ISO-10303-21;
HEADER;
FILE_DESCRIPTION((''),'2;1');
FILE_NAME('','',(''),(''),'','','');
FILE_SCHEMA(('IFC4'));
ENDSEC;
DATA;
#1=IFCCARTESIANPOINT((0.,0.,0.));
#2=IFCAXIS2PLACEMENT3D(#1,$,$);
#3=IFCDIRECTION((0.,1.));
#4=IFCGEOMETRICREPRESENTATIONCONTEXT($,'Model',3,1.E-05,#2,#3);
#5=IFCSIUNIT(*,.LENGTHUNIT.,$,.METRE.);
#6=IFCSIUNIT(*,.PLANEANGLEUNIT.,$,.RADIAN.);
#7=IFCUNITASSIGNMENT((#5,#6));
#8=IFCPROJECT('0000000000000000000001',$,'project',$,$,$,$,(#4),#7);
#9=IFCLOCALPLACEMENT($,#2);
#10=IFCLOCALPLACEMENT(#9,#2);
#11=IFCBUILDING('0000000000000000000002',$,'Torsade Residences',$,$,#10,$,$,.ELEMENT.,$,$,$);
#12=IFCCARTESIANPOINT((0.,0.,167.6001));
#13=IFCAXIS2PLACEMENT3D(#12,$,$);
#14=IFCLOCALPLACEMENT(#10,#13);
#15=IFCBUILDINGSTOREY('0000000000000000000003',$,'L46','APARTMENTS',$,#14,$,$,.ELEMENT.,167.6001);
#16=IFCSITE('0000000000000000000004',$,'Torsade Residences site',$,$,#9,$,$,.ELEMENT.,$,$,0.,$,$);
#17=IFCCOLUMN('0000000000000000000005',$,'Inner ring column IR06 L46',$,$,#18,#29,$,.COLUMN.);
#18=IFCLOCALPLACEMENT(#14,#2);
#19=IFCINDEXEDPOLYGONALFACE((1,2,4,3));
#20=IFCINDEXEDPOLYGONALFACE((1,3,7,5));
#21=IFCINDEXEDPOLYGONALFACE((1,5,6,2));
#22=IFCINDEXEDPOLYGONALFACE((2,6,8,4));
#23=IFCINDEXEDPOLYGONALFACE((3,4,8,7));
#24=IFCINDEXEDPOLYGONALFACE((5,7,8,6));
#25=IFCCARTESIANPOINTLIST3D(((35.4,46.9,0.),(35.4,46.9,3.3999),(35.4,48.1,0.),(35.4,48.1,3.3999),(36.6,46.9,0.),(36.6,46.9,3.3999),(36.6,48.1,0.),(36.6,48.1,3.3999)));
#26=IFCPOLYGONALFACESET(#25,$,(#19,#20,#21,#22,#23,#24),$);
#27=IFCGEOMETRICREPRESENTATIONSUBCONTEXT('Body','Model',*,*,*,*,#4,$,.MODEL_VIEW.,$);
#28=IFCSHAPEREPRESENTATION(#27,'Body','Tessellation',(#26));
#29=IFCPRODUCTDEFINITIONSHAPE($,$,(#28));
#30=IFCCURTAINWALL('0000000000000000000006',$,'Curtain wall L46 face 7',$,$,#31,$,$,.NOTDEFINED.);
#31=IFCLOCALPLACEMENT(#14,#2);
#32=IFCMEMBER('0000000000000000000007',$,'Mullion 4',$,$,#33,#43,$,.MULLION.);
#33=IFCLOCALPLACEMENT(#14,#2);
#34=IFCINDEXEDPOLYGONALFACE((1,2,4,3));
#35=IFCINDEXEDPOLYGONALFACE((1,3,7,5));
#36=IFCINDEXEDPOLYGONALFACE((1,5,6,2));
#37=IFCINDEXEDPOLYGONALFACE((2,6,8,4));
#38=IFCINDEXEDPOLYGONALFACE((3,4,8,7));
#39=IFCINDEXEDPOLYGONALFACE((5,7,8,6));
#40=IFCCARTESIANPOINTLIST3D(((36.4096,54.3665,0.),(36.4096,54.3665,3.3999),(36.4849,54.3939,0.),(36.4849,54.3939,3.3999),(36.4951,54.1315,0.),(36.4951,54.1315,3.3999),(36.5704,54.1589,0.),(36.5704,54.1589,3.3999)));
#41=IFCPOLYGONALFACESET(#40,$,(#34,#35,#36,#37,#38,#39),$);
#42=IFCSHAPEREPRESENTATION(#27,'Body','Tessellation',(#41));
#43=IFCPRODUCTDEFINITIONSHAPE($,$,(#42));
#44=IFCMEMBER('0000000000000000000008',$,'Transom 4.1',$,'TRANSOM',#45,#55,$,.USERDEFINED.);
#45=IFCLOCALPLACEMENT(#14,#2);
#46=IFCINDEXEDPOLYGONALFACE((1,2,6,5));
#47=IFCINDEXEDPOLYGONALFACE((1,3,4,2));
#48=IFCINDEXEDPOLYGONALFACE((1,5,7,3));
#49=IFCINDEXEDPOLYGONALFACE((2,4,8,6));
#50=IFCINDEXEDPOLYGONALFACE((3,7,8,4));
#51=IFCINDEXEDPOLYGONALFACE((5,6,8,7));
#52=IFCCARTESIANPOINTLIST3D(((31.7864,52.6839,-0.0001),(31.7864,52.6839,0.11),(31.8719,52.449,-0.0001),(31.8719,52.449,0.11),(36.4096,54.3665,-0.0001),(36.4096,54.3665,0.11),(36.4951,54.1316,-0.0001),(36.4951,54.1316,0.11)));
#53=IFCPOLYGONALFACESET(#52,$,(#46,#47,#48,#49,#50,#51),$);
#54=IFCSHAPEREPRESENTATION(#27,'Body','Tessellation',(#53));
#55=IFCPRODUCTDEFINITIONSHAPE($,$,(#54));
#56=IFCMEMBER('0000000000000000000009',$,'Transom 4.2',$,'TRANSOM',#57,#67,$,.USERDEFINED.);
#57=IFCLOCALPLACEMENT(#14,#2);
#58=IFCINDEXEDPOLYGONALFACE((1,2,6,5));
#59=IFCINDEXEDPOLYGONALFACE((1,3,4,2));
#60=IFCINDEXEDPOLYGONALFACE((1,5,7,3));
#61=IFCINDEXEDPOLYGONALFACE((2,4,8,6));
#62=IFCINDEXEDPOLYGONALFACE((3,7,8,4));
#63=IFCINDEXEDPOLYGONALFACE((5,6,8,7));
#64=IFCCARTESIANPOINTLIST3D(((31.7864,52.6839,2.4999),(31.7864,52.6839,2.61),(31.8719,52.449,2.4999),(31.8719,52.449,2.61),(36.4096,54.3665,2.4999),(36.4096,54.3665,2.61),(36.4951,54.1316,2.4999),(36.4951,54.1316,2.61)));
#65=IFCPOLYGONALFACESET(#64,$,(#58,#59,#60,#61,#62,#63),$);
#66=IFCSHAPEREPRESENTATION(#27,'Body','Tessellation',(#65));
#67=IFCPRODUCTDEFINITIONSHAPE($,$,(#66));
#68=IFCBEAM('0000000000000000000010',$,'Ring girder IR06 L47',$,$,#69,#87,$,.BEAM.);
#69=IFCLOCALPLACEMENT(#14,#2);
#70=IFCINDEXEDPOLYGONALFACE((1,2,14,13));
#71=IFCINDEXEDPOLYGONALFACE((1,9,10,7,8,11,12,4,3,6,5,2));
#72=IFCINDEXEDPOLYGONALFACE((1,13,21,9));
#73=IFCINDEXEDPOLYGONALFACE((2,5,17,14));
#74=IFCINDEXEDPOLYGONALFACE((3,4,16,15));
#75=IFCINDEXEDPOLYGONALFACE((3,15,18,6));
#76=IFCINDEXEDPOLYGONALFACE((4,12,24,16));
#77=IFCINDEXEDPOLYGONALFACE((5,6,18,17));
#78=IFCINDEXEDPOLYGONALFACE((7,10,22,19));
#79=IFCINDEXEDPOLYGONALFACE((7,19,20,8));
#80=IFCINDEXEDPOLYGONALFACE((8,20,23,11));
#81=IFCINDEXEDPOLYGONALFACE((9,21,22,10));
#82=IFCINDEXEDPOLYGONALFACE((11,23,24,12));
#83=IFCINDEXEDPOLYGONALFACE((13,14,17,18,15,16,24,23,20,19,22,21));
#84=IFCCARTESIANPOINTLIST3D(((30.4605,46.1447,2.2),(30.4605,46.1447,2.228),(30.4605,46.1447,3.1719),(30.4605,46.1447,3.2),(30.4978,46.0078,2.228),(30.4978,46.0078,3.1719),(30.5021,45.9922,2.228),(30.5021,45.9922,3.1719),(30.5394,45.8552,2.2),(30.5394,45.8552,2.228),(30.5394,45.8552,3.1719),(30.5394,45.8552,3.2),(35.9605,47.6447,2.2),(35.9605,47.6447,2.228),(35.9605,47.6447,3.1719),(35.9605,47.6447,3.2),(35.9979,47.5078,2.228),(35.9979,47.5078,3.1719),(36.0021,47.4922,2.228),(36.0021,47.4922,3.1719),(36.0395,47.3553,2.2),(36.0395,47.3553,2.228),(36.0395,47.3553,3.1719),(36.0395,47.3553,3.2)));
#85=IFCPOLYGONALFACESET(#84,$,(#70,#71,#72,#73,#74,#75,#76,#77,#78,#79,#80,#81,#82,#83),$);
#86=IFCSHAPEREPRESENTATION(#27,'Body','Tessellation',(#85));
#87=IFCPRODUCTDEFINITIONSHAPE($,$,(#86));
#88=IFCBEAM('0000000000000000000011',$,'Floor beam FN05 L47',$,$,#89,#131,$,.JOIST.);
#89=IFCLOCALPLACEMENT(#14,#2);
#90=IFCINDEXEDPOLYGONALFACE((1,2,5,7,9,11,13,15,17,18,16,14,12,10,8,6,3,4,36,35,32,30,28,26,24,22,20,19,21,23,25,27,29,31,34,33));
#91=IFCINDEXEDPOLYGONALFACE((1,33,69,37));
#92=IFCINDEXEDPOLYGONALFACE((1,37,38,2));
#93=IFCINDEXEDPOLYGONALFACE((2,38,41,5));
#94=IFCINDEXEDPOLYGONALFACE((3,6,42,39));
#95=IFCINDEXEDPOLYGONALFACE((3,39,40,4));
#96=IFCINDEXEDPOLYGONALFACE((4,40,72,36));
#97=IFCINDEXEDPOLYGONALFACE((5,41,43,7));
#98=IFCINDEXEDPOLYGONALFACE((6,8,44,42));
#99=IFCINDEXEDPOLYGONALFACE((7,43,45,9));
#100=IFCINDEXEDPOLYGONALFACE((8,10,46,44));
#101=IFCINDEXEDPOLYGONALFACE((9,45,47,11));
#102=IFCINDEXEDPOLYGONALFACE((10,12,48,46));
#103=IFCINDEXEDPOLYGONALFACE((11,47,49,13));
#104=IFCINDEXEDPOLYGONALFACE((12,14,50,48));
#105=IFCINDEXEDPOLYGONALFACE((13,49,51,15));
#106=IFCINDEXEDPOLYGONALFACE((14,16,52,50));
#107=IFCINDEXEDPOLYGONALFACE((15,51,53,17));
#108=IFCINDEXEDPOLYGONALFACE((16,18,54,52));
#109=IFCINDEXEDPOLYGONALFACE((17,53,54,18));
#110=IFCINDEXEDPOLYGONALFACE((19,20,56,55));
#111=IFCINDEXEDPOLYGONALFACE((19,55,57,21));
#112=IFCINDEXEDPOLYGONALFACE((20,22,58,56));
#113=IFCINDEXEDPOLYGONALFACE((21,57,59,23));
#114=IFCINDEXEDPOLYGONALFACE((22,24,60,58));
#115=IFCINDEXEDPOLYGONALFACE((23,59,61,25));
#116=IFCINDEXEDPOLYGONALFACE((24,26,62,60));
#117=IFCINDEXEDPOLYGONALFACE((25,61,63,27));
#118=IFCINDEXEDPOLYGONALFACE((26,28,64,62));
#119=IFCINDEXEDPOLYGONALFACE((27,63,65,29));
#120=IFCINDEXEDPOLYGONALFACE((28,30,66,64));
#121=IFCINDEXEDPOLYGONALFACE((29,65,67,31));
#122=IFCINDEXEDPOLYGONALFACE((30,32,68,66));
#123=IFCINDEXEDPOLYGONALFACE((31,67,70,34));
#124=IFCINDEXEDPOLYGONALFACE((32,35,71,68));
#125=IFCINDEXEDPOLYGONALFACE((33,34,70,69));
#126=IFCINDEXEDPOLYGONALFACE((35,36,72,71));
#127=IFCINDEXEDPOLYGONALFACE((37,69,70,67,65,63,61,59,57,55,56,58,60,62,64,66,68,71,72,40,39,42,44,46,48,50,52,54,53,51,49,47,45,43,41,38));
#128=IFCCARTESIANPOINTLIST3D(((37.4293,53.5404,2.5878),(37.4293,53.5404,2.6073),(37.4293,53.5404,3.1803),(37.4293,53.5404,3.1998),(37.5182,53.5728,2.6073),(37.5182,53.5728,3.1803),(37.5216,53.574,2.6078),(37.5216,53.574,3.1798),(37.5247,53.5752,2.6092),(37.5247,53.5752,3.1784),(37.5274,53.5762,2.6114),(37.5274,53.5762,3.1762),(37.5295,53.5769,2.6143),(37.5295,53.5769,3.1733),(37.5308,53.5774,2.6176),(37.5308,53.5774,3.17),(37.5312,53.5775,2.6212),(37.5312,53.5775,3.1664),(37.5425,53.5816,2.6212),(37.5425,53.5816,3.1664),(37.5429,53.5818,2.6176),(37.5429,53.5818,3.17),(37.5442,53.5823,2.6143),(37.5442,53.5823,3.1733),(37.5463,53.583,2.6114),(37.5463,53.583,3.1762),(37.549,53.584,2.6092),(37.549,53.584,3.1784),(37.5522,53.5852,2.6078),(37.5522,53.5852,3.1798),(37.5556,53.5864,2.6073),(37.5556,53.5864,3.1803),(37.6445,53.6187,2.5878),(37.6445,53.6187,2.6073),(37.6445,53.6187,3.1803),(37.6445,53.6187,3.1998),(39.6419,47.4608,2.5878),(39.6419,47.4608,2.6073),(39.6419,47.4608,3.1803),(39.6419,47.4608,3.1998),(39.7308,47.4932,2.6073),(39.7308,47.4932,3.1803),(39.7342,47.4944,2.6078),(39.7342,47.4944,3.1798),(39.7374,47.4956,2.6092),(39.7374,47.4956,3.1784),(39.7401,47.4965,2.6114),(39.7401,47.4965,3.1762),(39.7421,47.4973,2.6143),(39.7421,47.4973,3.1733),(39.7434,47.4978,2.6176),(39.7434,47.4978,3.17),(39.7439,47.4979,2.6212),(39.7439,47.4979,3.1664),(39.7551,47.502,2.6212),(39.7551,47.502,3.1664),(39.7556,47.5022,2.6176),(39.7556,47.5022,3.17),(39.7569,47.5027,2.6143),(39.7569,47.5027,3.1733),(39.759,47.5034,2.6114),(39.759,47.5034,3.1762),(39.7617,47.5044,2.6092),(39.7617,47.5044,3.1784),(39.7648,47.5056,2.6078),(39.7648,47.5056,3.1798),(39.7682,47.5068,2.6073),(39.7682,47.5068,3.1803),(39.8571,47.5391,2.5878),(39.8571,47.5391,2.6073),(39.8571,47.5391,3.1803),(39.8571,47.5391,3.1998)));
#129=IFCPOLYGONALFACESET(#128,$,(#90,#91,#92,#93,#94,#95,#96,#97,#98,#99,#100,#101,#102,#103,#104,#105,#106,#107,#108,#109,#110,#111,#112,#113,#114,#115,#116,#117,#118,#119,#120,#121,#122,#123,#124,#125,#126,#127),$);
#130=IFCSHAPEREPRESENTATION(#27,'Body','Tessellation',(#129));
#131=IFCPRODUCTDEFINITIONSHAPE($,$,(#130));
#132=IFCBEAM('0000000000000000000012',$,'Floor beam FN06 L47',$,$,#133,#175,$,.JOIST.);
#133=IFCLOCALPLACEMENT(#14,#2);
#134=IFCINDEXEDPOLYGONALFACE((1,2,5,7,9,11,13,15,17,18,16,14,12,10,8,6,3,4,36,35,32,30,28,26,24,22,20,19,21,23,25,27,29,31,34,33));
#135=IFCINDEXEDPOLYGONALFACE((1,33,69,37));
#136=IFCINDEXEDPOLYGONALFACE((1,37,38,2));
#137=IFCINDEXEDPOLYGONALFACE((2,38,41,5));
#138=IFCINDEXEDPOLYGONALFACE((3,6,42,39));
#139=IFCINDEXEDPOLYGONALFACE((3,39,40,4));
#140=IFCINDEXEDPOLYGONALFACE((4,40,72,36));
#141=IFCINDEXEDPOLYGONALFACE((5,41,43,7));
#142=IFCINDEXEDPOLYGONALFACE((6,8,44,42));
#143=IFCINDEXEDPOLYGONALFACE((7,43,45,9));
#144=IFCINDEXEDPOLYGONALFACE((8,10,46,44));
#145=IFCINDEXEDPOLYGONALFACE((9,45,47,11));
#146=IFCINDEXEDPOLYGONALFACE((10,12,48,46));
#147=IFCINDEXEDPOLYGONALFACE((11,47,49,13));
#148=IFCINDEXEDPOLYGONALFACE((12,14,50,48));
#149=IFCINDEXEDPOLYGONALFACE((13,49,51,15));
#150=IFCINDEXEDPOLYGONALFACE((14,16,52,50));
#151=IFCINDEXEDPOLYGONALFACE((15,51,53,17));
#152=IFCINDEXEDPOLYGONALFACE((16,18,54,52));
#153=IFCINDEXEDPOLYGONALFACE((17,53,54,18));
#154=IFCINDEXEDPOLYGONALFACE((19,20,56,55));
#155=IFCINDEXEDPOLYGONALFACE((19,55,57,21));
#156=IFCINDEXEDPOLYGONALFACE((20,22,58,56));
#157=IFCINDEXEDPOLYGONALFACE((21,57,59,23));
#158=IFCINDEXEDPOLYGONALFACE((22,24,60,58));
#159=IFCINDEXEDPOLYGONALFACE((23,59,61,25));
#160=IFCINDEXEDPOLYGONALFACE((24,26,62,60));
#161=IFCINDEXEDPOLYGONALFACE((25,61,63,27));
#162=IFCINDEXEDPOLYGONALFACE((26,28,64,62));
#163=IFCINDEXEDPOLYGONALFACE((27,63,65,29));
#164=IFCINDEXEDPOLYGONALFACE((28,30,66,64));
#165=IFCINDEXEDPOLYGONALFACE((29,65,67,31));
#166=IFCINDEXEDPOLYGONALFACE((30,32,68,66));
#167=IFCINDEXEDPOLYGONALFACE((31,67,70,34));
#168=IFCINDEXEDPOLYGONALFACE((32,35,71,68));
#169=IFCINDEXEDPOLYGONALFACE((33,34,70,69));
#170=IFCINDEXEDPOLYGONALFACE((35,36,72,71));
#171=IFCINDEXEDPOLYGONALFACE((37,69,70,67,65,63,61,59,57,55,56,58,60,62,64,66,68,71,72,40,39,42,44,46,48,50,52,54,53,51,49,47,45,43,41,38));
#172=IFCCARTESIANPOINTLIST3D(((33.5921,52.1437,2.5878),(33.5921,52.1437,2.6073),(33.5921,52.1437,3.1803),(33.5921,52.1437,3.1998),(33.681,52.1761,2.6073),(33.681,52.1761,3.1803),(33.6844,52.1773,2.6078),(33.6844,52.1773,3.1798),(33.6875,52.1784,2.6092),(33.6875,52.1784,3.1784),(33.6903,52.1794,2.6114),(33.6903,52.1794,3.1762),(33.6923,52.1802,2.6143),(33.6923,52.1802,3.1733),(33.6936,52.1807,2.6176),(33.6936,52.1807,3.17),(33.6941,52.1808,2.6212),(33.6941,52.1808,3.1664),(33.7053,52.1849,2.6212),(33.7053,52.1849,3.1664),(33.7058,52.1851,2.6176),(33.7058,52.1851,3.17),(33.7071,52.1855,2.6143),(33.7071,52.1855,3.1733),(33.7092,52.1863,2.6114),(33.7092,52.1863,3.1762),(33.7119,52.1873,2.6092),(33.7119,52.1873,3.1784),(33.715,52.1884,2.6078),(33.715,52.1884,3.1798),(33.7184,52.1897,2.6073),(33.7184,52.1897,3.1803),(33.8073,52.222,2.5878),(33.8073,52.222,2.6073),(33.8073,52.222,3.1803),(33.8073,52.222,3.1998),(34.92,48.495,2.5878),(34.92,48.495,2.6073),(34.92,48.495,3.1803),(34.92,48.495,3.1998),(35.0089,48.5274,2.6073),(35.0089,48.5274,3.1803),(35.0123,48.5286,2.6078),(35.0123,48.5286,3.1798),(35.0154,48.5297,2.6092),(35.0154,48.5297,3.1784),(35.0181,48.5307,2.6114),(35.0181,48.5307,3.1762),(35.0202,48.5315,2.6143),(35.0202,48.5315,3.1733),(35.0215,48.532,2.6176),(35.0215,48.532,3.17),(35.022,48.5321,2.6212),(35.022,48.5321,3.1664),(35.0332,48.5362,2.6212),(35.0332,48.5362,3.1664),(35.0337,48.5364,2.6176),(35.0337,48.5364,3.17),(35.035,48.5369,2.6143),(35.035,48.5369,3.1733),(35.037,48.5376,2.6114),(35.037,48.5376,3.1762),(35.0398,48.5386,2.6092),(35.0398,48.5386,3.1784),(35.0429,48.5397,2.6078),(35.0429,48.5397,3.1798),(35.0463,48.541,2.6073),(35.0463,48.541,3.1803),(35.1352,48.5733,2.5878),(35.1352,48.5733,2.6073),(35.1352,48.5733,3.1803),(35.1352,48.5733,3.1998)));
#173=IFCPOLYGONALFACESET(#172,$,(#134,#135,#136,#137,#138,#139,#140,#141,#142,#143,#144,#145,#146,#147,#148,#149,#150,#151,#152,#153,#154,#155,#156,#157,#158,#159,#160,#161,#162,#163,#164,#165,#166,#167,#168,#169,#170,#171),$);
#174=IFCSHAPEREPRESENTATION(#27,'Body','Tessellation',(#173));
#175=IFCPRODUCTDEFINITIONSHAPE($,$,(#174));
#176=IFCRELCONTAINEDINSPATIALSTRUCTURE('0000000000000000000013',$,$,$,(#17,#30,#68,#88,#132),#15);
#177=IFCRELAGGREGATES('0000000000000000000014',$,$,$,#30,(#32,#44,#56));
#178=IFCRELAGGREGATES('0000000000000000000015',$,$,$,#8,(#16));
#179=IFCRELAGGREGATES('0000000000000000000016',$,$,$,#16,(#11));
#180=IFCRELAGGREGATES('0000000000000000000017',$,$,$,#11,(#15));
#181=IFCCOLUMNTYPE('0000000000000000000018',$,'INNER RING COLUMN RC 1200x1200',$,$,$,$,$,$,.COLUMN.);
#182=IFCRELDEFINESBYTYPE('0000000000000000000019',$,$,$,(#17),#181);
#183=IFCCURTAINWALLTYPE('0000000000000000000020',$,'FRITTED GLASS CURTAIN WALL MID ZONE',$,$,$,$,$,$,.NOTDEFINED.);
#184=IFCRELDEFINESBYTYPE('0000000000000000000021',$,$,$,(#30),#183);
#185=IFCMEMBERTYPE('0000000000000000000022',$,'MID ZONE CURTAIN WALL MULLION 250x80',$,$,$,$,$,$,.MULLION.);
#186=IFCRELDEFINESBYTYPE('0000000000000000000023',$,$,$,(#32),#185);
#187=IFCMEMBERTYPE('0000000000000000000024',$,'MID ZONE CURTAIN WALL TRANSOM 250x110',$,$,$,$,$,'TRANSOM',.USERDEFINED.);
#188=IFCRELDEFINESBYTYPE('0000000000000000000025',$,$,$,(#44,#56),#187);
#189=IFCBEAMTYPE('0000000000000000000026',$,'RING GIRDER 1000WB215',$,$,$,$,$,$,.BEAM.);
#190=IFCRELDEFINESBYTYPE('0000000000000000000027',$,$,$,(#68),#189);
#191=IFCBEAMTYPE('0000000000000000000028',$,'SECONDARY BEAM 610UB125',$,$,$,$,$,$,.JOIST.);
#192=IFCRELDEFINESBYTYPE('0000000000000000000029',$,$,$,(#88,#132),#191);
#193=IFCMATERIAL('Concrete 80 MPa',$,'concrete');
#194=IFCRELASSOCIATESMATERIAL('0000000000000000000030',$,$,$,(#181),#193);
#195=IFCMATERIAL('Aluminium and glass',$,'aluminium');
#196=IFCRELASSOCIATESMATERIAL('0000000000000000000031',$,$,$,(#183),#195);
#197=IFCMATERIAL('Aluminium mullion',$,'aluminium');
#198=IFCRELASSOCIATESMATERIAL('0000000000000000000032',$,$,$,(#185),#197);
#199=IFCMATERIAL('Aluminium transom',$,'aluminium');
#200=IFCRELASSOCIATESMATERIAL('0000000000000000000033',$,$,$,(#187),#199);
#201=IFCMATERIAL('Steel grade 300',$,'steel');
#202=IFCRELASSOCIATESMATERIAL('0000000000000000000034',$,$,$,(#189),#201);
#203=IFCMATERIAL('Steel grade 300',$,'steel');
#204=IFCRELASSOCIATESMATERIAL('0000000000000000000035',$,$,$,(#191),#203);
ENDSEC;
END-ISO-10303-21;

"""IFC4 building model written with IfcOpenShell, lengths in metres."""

from ifc_helpers import new_model, si_unit, direction, frame, origin, origin_2d, place, context, subcontext, project, spatial, rectangle, i_section, extrude, material, material_profile, profile_set, type_object, element, aggregate, save


model = new_model("IFC4")

# Units and contexts
model_context = context("Model", 3, precision=1e-05, world=origin(), true_north=direction((0.0, 1.0)))
body_context = subcontext(model_context, "Body", "Model", "MODEL_VIEW")
ifc_project = project(units=[si_unit("LENGTHUNIT", "METRE"), si_unit("PLANEANGLEUNIT", "RADIAN")], contexts=[model_context])

# Site, building, storey
site_placement = place(None, origin())
site = spatial("IfcSite", under=ifc_project, at=site_placement, Name="Torsade Residences site", CompositionType="ELEMENT", RefElevation=0.0)
building_placement = place(site_placement, origin())
building = spatial("IfcBuilding", under=site, at=building_placement, Name="Torsade Residences", CompositionType="ELEMENT")
storey_placement = place(building_placement, frame((0.0, 0.0, 167.6001)))
storey = spatial("IfcBuildingStorey", under=building, at=storey_placement, Name="L46", Description="APARTMENTS", CompositionType="ELEMENT", Elevation=167.6001)

# Column
ifc_material_1 = material(Name="Concrete 80 MPa", Category="concrete")
ifc_material_profile_1 = material_profile(ifc_material_1, rectangle(XDim=1.2, YDim=1.2, at=origin_2d()), Name="RC 1200x1200")
ifc_profile_set_1 = profile_set([ifc_material_profile_1], Name="Concrete 80 MPa")
column_type = type_object("IfcColumnType", Name="INNER RING COLUMN RC 1200x1200", PredefinedType="COLUMN", material=ifc_profile_set_1)
column_placement = place(storey_placement, frame((36.0, 47.5, 0.0), z_axis=(0.0, 0.0, 1.0), x_axis=(1.0, 0.0, 0.0)))
element("IfcColumn", 1, at=column_placement, inside=storey, type_object=column_type, Name="Inner ring column IR06 L46", PredefinedType="COLUMN", context=body_context, shape_type="SweptSolid", body=[
    extrude(rectangle(XDim=1.2, YDim=1.2, at=origin_2d()), origin(), (0.0, 0.0, 1.0), 3.3999),
])

# Curtain wall, members
ifc_material_2 = material(Name="Aluminium and glass", Category="aluminium")
curtain_wall_type = type_object("IfcCurtainWallType", Name="FRITTED GLASS CURTAIN WALL MID ZONE", PredefinedType="NOTDEFINED", material=ifc_material_2)
curtain_wall_placement = place(storey_placement, origin())
curtain_wall = element("IfcCurtainWall", 2, at=curtain_wall_placement, inside=storey, type_object=curtain_wall_type, Name="Curtain wall L46 face 7", PredefinedType="NOTDEFINED")
ifc_material_3 = material(Name="Aluminium mullion", Category="aluminium")
ifc_material_profile_2 = material_profile(ifc_material_3, rectangle(XDim=0.25, YDim=0.0801, at=origin_2d()), Name="MID ZONE CURTAIN WALL MULLION 250x80")
ifc_profile_set_2 = profile_set([ifc_material_profile_2], Name="Aluminium mullion")
member_type_1 = type_object("IfcMemberType", Name="MID ZONE CURTAIN WALL MULLION 250x80", PredefinedType="MULLION", material=ifc_profile_set_2)
member_1_placement = place(storey_placement, frame((36.49, 54.2627, 0.0), z_axis=(0.0, 0.0, 1.0), x_axis=(0.34202, -0.939693, 0.0)))
member_1 = element("IfcMember", 3, at=member_1_placement, type_object=member_type_1, Name="Mullion 4", PredefinedType="MULLION", context=body_context, shape_type="SweptSolid", body=[
    extrude(rectangle(XDim=0.25, YDim=0.0801, at=origin_2d()), origin(), (0.0, 0.0, 1.0), 3.3999),
])
ifc_material_4 = material(Name="Aluminium transom", Category="aluminium")
ifc_material_profile_3 = material_profile(ifc_material_4, rectangle(XDim=0.25, YDim=0.1101, at=origin_2d()), Name="MID ZONE CURTAIN WALL TRANSOM 250x110")
ifc_profile_set_3 = profile_set([ifc_material_profile_3], Name="Aluminium transom")
member_type_2 = type_object("IfcMemberType", Name="MID ZONE CURTAIN WALL TRANSOM 250x110", ElementType="TRANSOM", PredefinedType="USERDEFINED", material=ifc_profile_set_3)
member_2_placement = place(storey_placement, frame((36.4524, 54.249, 0.0549), z_axis=(-0.939701, -0.341998, 0.0), x_axis=(0.341998, -0.939701, 0.0)))
member_2 = element("IfcMember", 4, at=member_2_placement, type_object=member_type_2, Name="Transom 4.1", ObjectType="TRANSOM", PredefinedType="USERDEFINED", context=body_context, shape_type="SweptSolid", body=[
    extrude(rectangle(XDim=0.25, YDim=0.1101, at=origin_2d()), origin(), (0.0, 0.0, 1.0), 4.9199),
])
member_3_placement = place(storey_placement, frame((36.4524, 54.249, 2.5549), z_axis=(-0.939701, -0.341998, 0.0), x_axis=(0.341998, -0.939701, 0.0)))
member_3 = element("IfcMember", 5, at=member_3_placement, type_object=member_type_2, Name="Transom 4.2", ObjectType="TRANSOM", PredefinedType="USERDEFINED", context=body_context, shape_type="SweptSolid", body=[
    extrude(rectangle(XDim=0.25, YDim=0.1101, at=origin_2d()), origin(), (0.0, 0.0, 1.0), 4.9199),
])

# Beams
ifc_material_5 = material(Name="Steel grade 300", Category="steel")
ifc_material_profile_4 = material_profile(ifc_material_5, i_section(OverallWidth=0.3, OverallDepth=1.0, WebThickness=0.0161, FlangeThickness=0.0281, at=origin_2d()), Name="1000WB215")
ifc_profile_set_4 = profile_set([ifc_material_profile_4], Name="Steel grade 300")
beam_type_1 = type_object("IfcBeamType", Name="RING GIRDER 1000WB215", PredefinedType="BEAM", material=ifc_profile_set_4)
beam_1_placement = place(storey_placement, frame((36.0, 47.5, 2.7), z_axis=(-0.964764, -0.263117, 0.0), x_axis=(0.263117, -0.964764, 0.0)))
element("IfcBeam", 6, at=beam_1_placement, inside=storey, type_object=beam_type_1, Name="Ring girder IR06 L47", PredefinedType="BEAM", context=body_context, shape_type="SweptSolid", body=[
    extrude(i_section(OverallWidth=0.3, OverallDepth=1.0, WebThickness=0.0161, FlangeThickness=0.0281, at=origin_2d()), origin(), (0.0, 0.0, 1.0), 5.7009),
])
ifc_material_6 = material(Name="Steel grade 300", Category="steel")
ifc_material_profile_5 = material_profile(ifc_material_6, i_section(OverallWidth=0.229, OverallDepth=0.6121, WebThickness=0.012, FlangeThickness=0.0195, FilletRadius=0.0139, at=origin_2d()), Name="610UB125")
ifc_profile_set_5 = profile_set([ifc_material_profile_5], Name="Steel grade 300")
beam_type_2 = type_object("IfcBeamType", Name="SECONDARY BEAM 610UB125", PredefinedType="JOIST", material=ifc_profile_set_5)
beam_2_placement = place(storey_placement, frame((37.5369, 53.5796, 2.8938), z_axis=(0.342001, -0.9397, 0.0), x_axis=(0.9397, 0.342001, 0.0)))
element("IfcBeam", 7, at=beam_2_placement, inside=storey, type_object=beam_type_2, Name="Floor beam FN05 L47", PredefinedType="JOIST", context=body_context, shape_type="SweptSolid", body=[
    extrude(i_section(OverallWidth=0.229, OverallDepth=0.6121, WebThickness=0.012, FlangeThickness=0.0195, FilletRadius=0.0139, at=origin_2d()), origin(), (0.0, 0.0, 1.0), 6.4697),
])
beam_3_placement = place(storey_placement, frame((33.6997, 52.1829, 2.8938), z_axis=(0.34199, -0.939703, 0.0), x_axis=(0.939703, 0.34199, 0.0)))
element("IfcBeam", 8, at=beam_3_placement, inside=storey, type_object=beam_type_2, Name="Floor beam FN06 L47", PredefinedType="JOIST", context=body_context, shape_type="SweptSolid", body=[
    extrude(i_section(OverallWidth=0.229, OverallDepth=0.6121, WebThickness=0.012, FlangeThickness=0.0195, FilletRadius=0.0139, at=origin_2d()), origin(), (0.0, 0.0, 1.0), 3.8828),
])

aggregate(curtain_wall, [member_1, member_2, member_3])

save(model, "model.ifc")
